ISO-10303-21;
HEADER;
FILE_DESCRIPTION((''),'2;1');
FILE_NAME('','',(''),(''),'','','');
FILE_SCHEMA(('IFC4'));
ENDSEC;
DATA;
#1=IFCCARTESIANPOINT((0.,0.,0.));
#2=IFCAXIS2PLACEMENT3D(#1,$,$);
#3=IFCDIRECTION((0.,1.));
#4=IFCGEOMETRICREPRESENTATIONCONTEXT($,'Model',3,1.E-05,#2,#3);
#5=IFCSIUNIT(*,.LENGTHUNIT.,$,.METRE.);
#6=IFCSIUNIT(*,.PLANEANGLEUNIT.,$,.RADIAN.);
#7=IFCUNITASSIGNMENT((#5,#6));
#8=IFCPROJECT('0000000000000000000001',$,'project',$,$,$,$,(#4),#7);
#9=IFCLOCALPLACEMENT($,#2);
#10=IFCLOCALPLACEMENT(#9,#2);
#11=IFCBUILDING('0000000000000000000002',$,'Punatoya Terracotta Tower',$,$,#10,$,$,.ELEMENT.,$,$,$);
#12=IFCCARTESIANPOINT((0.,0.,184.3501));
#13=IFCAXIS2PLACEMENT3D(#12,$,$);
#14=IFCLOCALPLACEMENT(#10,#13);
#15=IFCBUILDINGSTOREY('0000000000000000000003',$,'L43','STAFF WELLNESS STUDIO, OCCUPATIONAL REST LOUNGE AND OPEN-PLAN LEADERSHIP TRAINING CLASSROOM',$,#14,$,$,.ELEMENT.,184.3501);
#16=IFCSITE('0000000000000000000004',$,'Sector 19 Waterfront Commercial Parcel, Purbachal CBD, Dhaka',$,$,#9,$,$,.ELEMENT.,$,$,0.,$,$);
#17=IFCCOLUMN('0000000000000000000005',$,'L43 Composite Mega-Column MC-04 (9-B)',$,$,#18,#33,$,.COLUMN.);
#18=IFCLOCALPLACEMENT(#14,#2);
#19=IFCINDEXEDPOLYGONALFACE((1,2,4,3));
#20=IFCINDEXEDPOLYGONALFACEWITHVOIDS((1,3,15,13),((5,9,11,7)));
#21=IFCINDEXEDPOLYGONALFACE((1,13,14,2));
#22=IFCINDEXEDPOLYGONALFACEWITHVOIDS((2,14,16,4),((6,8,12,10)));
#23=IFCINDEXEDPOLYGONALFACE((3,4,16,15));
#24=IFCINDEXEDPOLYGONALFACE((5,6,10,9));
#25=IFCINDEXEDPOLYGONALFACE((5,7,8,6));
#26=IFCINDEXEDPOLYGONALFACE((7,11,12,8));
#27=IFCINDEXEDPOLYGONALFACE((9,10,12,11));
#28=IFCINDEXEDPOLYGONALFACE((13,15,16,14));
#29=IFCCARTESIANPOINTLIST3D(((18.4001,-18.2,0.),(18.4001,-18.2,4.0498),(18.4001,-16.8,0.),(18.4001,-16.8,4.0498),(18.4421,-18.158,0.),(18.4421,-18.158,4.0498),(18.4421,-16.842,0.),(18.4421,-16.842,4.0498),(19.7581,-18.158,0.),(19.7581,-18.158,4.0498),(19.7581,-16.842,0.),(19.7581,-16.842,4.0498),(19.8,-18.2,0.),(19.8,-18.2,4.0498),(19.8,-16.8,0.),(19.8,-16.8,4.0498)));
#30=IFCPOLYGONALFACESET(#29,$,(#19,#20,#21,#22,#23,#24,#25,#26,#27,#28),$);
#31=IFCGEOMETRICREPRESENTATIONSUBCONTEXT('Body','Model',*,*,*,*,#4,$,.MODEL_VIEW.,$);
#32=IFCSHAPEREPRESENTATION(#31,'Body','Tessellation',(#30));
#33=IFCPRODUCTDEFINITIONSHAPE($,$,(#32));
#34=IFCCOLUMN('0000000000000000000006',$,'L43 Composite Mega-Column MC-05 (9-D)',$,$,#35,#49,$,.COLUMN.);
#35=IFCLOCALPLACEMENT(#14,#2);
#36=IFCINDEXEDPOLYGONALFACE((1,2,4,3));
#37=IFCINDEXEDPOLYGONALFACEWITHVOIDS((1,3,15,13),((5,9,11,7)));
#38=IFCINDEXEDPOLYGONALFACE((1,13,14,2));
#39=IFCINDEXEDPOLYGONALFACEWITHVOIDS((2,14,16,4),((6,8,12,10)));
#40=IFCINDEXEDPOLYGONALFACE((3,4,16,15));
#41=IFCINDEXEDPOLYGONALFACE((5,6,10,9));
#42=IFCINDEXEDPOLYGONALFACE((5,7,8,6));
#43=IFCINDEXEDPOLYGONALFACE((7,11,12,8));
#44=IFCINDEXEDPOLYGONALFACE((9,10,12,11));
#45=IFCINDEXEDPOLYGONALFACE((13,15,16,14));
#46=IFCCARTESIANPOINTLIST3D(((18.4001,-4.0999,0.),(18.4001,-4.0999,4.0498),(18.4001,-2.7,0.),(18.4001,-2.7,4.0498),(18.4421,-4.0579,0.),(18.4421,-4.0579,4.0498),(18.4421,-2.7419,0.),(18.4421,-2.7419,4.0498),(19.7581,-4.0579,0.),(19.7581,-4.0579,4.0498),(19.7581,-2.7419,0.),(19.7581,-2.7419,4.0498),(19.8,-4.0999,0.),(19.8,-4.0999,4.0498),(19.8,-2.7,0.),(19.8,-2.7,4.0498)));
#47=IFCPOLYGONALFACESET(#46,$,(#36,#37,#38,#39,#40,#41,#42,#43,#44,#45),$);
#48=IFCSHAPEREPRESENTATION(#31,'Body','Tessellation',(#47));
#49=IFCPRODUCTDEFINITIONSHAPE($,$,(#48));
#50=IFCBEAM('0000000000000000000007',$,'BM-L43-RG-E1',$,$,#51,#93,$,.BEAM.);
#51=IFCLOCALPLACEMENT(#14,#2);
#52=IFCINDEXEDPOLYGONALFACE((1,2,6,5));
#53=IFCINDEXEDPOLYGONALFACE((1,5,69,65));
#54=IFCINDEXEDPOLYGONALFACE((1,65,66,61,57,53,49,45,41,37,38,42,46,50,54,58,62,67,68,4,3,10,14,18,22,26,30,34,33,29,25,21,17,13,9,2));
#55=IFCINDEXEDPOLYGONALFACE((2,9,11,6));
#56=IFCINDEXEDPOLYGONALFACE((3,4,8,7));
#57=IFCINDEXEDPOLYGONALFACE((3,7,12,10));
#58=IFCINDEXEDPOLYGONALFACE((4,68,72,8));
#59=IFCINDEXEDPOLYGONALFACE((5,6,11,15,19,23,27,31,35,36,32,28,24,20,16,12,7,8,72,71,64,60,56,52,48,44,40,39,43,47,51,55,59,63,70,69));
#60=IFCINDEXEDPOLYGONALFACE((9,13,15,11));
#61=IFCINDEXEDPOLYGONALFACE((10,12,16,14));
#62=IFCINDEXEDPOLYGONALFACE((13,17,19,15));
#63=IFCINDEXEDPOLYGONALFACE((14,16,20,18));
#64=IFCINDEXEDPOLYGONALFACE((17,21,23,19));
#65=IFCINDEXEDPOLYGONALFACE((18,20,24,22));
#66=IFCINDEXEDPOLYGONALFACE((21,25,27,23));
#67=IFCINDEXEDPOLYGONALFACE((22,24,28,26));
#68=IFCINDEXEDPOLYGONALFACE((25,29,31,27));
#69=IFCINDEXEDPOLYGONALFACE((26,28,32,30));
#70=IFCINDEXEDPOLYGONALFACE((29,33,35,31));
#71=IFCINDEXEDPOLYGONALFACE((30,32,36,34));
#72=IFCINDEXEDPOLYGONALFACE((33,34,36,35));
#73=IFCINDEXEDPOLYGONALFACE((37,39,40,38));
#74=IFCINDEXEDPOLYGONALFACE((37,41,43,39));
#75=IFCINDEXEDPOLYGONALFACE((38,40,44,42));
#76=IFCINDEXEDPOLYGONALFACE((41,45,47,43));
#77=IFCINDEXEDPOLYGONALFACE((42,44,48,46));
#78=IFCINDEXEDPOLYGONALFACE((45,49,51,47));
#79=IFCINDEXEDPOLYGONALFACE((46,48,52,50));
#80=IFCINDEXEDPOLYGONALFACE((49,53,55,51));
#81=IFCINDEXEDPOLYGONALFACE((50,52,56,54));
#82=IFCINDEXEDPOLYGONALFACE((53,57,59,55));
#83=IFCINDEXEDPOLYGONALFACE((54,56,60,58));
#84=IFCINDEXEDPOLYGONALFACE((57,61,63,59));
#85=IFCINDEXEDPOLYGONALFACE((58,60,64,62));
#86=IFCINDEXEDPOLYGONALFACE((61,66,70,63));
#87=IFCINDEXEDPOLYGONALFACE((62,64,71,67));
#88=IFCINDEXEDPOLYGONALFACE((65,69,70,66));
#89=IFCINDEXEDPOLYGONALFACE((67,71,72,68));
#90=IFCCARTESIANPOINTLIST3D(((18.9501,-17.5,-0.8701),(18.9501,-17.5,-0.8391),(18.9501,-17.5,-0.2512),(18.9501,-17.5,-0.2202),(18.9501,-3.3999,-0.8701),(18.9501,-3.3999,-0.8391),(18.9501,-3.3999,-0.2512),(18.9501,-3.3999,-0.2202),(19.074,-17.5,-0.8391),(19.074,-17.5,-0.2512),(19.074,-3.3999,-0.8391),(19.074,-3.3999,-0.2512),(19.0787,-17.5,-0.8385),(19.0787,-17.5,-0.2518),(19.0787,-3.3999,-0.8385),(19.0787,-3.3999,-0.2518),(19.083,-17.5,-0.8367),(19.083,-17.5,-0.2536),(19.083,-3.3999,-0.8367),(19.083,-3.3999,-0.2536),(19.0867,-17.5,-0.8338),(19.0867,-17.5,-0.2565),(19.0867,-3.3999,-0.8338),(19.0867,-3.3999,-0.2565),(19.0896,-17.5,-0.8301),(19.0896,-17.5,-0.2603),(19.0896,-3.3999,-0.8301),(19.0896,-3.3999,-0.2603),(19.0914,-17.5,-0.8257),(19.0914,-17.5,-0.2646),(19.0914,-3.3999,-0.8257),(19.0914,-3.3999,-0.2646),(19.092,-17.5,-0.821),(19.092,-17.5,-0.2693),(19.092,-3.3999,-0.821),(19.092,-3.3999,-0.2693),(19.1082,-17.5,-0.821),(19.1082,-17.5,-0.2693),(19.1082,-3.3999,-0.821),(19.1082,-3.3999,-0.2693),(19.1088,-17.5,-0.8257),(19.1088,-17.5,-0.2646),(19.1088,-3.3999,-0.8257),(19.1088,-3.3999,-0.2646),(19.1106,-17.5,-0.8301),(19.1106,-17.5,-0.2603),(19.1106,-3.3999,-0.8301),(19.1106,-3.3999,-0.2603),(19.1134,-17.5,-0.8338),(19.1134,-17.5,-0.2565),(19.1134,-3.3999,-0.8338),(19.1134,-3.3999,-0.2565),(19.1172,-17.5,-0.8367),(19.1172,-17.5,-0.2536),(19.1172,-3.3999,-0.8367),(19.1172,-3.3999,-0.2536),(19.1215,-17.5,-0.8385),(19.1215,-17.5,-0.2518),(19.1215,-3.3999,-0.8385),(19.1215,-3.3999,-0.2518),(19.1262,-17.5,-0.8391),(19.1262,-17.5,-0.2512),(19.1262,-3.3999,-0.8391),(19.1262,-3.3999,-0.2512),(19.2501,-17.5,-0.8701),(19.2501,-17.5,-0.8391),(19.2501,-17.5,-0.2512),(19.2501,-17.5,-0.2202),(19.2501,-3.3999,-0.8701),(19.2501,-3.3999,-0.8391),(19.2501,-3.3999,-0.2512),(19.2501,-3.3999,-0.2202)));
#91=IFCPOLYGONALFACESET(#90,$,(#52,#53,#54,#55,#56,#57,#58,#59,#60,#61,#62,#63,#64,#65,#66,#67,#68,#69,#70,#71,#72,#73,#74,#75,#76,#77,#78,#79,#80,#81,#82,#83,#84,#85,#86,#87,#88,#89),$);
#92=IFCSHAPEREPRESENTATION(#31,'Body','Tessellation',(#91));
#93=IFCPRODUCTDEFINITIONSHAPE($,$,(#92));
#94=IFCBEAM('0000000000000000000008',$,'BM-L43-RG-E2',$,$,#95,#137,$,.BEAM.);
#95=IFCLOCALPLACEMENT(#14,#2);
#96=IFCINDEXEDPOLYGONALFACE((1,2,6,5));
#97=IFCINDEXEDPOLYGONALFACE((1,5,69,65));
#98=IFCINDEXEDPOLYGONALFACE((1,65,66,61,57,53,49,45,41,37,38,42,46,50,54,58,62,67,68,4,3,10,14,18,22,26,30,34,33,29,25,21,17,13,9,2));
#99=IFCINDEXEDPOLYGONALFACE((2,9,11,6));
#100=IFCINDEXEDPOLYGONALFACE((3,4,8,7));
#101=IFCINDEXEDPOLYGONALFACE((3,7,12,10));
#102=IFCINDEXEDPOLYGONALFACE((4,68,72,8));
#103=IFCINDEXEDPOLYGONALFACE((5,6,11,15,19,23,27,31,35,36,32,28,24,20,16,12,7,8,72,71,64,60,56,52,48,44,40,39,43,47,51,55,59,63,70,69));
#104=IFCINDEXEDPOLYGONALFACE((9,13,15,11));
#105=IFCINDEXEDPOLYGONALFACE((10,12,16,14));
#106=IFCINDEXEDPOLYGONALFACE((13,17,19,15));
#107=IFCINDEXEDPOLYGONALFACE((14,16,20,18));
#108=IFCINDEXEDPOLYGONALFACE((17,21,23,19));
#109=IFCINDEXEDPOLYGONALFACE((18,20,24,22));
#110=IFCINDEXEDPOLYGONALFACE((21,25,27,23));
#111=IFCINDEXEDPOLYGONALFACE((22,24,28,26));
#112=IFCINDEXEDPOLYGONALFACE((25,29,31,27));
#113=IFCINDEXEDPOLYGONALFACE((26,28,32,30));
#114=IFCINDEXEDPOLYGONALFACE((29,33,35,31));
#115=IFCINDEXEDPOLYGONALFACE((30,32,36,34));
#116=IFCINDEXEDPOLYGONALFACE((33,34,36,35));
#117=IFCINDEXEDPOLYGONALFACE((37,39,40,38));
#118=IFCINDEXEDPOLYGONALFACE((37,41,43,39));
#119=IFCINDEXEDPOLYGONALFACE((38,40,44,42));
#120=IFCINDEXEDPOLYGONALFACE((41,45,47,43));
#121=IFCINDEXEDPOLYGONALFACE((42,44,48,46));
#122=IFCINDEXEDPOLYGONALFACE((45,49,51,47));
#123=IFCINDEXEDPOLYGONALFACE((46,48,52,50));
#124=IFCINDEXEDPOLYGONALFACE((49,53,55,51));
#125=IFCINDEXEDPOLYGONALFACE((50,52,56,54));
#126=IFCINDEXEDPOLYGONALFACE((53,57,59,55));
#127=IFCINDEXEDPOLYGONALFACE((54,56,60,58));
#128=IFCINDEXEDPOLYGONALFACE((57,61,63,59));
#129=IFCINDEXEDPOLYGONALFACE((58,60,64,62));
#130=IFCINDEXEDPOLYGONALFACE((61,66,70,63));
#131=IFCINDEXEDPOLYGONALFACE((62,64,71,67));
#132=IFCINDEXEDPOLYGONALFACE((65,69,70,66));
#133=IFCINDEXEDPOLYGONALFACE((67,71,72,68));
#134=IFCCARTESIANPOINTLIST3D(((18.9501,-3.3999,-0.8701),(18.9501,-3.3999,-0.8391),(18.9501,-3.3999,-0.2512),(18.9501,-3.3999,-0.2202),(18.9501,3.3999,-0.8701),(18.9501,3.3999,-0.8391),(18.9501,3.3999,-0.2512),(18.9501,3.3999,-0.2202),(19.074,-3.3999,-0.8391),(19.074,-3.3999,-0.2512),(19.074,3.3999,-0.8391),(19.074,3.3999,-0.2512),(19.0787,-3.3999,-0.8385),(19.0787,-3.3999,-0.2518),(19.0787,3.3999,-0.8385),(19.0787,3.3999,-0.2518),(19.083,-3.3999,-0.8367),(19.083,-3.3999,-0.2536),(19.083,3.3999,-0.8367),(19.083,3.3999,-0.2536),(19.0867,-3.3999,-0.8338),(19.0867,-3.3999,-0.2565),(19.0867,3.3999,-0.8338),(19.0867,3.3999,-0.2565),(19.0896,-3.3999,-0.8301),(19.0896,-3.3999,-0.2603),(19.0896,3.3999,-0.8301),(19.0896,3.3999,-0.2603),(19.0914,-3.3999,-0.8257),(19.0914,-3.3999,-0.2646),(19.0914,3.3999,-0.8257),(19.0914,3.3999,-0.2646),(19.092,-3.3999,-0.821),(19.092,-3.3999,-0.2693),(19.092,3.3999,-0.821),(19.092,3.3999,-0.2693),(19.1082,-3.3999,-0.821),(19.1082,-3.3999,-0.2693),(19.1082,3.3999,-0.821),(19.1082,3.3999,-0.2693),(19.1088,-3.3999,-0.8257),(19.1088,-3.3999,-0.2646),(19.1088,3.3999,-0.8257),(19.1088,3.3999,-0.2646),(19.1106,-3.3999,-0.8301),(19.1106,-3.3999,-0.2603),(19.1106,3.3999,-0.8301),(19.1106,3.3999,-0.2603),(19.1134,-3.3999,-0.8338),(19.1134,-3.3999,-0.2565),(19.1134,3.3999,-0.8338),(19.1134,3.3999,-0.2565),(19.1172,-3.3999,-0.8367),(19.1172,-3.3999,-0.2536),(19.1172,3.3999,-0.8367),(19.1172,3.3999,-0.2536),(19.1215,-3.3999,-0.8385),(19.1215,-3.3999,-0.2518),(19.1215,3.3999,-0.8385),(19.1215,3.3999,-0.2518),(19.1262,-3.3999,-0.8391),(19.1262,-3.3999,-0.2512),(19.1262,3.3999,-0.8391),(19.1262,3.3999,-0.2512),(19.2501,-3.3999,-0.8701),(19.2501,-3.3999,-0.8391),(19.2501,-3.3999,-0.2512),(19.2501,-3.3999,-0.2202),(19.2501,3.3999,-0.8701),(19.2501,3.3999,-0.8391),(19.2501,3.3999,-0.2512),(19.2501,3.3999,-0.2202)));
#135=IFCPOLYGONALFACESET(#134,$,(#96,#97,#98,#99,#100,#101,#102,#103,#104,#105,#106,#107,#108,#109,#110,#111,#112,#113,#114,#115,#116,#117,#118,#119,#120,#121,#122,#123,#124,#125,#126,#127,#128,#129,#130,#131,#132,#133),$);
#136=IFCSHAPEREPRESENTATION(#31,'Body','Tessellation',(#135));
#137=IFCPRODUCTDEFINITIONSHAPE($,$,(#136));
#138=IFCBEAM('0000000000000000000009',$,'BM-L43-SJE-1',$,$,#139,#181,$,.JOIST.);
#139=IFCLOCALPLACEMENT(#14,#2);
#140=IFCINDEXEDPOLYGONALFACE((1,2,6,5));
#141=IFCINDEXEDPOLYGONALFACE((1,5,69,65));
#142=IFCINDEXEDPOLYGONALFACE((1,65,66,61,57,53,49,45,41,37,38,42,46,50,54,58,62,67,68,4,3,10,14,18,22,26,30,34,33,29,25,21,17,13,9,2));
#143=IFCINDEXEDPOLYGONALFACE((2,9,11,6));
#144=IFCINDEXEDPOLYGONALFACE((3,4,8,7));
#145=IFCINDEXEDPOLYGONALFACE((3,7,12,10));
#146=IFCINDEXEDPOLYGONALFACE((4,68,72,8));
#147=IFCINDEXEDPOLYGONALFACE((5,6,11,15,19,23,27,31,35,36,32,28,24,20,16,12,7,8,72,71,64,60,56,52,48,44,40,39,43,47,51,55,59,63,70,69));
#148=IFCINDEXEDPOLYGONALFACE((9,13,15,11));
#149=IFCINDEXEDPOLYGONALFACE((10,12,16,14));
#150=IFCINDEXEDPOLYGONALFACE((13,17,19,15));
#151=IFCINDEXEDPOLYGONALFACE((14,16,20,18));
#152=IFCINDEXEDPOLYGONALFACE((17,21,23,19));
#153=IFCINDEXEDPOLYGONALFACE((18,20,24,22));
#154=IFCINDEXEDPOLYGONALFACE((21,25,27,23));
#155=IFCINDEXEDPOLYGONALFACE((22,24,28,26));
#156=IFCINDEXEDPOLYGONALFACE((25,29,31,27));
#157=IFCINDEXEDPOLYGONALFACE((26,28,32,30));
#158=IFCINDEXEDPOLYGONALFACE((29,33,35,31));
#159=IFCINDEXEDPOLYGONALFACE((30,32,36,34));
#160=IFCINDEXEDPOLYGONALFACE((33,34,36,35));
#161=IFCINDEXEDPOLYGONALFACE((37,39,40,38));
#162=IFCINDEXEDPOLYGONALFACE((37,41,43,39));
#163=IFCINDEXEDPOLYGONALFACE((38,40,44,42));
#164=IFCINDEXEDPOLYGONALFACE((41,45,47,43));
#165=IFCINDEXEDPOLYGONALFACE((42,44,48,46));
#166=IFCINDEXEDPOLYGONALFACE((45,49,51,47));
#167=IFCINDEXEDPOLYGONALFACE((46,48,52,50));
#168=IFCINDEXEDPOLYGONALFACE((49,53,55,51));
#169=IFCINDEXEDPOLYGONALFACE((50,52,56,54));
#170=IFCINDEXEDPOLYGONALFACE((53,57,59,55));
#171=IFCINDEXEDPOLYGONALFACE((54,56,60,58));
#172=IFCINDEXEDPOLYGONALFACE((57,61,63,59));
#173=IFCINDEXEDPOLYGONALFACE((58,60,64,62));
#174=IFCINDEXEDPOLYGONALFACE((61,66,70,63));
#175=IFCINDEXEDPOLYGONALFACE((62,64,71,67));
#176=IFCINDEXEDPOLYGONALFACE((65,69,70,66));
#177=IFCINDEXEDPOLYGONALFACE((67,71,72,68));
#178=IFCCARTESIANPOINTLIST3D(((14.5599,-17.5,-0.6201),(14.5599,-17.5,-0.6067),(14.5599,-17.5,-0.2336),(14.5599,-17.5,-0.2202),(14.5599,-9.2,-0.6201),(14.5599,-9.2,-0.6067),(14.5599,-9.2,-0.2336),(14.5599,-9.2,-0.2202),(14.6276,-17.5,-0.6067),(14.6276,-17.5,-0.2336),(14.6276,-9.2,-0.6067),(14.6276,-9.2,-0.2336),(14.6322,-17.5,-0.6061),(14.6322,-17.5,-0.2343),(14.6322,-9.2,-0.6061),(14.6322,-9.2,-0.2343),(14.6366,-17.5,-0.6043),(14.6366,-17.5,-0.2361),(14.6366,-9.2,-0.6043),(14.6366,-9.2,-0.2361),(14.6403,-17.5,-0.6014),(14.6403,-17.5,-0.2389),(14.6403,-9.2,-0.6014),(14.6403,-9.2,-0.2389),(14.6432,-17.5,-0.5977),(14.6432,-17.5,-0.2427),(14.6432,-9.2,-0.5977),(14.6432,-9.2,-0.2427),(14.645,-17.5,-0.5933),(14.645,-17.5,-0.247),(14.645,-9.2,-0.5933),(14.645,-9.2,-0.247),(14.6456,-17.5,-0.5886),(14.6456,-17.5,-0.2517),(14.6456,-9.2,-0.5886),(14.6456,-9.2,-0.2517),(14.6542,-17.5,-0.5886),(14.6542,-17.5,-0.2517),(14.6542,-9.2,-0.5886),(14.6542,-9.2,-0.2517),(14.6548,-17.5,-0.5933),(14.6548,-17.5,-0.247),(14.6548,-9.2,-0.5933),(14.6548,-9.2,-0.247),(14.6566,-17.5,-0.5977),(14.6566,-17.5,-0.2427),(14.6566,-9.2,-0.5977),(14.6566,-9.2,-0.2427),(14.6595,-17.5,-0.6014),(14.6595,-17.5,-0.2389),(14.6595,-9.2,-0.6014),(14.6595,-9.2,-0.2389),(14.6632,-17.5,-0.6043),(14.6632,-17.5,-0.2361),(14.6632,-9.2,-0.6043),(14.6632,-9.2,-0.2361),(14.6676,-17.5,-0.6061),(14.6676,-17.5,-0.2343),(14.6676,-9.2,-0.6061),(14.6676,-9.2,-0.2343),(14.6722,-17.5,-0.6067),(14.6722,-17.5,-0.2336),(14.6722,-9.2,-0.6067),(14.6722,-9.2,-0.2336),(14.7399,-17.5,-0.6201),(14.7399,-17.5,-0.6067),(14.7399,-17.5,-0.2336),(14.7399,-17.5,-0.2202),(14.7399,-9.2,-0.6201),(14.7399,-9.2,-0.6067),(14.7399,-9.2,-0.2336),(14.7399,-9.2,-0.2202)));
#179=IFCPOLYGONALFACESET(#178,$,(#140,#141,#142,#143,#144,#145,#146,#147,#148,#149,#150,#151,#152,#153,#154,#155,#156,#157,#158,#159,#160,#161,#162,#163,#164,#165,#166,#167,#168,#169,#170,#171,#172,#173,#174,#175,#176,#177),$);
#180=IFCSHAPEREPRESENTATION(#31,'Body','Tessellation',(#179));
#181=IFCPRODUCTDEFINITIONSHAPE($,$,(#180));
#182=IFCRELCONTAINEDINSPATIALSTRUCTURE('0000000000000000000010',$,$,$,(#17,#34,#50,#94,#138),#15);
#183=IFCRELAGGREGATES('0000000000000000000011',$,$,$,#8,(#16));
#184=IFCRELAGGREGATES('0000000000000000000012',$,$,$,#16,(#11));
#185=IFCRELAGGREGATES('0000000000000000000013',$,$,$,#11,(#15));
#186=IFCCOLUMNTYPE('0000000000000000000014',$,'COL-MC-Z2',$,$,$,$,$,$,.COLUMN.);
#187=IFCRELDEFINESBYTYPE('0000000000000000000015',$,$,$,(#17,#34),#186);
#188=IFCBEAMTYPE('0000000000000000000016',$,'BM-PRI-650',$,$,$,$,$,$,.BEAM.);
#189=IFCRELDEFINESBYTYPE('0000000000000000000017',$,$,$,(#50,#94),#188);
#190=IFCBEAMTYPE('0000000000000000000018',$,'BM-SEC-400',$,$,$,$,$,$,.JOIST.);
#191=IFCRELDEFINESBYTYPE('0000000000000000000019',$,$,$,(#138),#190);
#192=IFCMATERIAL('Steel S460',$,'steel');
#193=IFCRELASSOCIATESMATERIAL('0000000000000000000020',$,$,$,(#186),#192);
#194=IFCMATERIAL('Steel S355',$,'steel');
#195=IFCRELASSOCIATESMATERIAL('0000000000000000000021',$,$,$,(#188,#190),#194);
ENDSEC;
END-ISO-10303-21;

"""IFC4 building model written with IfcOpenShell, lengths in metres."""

from ifc_helpers import new_model, si_unit, direction, frame, origin, origin_2d, place, context, subcontext, project, spatial, hollow_rectangle, i_section, extrude, material, material_profile, profile_set, type_object, element, save


model = new_model("IFC4")

# Units and contexts
model_context = context("Model", 3, precision=1e-05, world=origin(), true_north=direction((0.0, 1.0)))
body_context = subcontext(model_context, "Body", "Model", "MODEL_VIEW")
ifc_project = project(units=[si_unit("LENGTHUNIT", "METRE"), si_unit("PLANEANGLEUNIT", "RADIAN")], contexts=[model_context])

# Site, building, storey
site_placement = place(None, origin())
site = spatial("IfcSite", under=ifc_project, at=site_placement, Name="Sector 19 Waterfront Commercial Parcel, Purbachal CBD, Dhaka", CompositionType="ELEMENT", RefElevation=0.0)
building_placement = place(site_placement, origin())
building = spatial("IfcBuilding", under=site, at=building_placement, Name="Punatoya Terracotta Tower", CompositionType="ELEMENT")
storey_placement = place(building_placement, frame((0.0, 0.0, 184.3501)))
storey = spatial("IfcBuildingStorey", under=building, at=storey_placement, Name="L43", Description="STAFF WELLNESS STUDIO, OCCUPATIONAL REST LOUNGE AND OPEN-PLAN LEADERSHIP TRAINING CLASSROOM", CompositionType="ELEMENT", Elevation=184.3501)

# Columns
ifc_material_1 = material(Name="Steel S460", Category="steel")
ifc_material_profile_1 = material_profile(ifc_material_1, hollow_rectangle(XDim=1.3999, YDim=1.3999, WallThickness=0.042, at=origin_2d()))
ifc_profile_set_1 = profile_set([ifc_material_profile_1], Name="Steel S460")
column_type = type_object("IfcColumnType", Name="COL-MC-Z2", PredefinedType="COLUMN", material=ifc_profile_set_1)
for number, where, z_axis, x_axis, name in (
    (1, (19.1001, -17.5, 0.0), (0.0, 0.0, 1.0), (1.0, 0.0, 0.0), "L43 Composite Mega-Column MC-04 (9-B)"),
    (2, (19.1001, -3.3999, 0.0), (0.0, 0.0, 1.0), (1.0, 0.0, 0.0), "L43 Composite Mega-Column MC-05 (9-D)"),
):
    element("IfcColumn", number, at=place(storey_placement, frame(where, z_axis=z_axis, x_axis=x_axis)), inside=storey, type_object=column_type, Name=name, PredefinedType="COLUMN", context=body_context, shape_type="SweptSolid", body=[
        extrude(hollow_rectangle(XDim=1.3999, YDim=1.3999, WallThickness=0.042, at=origin_2d()), origin(), (0.0, 0.0, 1.0), 4.0498),
    ])

# Beams
ifc_material_2 = material(Name="Steel S355", Category="steel")
ifc_material_profile_2 = material_profile(ifc_material_2, i_section(OverallWidth=0.3, OverallDepth=0.6499, WebThickness=0.0161, FlangeThickness=0.031, FilletRadius=0.0181, at=origin_2d()))
ifc_profile_set_2 = profile_set([ifc_material_profile_2], Name="Steel S355")
beam_type_1 = type_object("IfcBeamType", Name="BM-PRI-650", PredefinedType="BEAM", material=ifc_profile_set_2)
beam_1_placement = place(storey_placement, frame((19.1001, -17.5, -0.5452), z_axis=(0.0, 1.0, 0.0), x_axis=(-1.0, 0.0, 0.0)))
element("IfcBeam", 3, at=beam_1_placement, inside=storey, type_object=beam_type_1, Name="BM-L43-RG-E1", PredefinedType="BEAM", context=body_context, shape_type="SweptSolid", body=[
    extrude(i_section(OverallWidth=0.3, OverallDepth=0.6499, WebThickness=0.0161, FlangeThickness=0.031, FilletRadius=0.0181, at=origin_2d()), origin(), (0.0, 0.0, 1.0), 14.1001),
])
beam_2_placement = place(storey_placement, frame((19.1001, -3.3999, -0.5452), z_axis=(0.0, 1.0, 0.0), x_axis=(-1.0, 0.0, 0.0)))
element("IfcBeam", 4, at=beam_2_placement, inside=storey, type_object=beam_type_1, Name="BM-L43-RG-E2", PredefinedType="BEAM", context=body_context, shape_type="SweptSolid", body=[
    extrude(i_section(OverallWidth=0.3, OverallDepth=0.6499, WebThickness=0.0161, FlangeThickness=0.031, FilletRadius=0.0181, at=origin_2d()), origin(), (0.0, 0.0, 1.0), 6.7998),
])
ifc_material_profile_3 = material_profile(ifc_material_2, i_section(OverallWidth=0.1799, OverallDepth=0.3999, WebThickness=0.0085, FlangeThickness=0.0134, FilletRadius=0.0181, at=origin_2d()))
ifc_profile_set_3 = profile_set([ifc_material_profile_3], Name="Steel S355")
beam_type_2 = type_object("IfcBeamType", Name="BM-SEC-400", PredefinedType="JOIST", material=ifc_profile_set_3)
beam_3_placement = place(storey_placement, frame((14.6499, -17.5, -0.4202), z_axis=(0.0, 1.0, 0.0), x_axis=(-1.0, 0.0, 0.0)))
element("IfcBeam", 5, at=beam_3_placement, inside=storey, type_object=beam_type_2, Name="BM-L43-SJE-1", PredefinedType="JOIST", context=body_context, shape_type="SweptSolid", body=[
    extrude(i_section(OverallWidth=0.1799, OverallDepth=0.3999, WebThickness=0.0085, FlangeThickness=0.0134, FilletRadius=0.0181, at=origin_2d()), origin(), (0.0, 0.0, 1.0), 8.3),
])

save(model, "model.ifc")
